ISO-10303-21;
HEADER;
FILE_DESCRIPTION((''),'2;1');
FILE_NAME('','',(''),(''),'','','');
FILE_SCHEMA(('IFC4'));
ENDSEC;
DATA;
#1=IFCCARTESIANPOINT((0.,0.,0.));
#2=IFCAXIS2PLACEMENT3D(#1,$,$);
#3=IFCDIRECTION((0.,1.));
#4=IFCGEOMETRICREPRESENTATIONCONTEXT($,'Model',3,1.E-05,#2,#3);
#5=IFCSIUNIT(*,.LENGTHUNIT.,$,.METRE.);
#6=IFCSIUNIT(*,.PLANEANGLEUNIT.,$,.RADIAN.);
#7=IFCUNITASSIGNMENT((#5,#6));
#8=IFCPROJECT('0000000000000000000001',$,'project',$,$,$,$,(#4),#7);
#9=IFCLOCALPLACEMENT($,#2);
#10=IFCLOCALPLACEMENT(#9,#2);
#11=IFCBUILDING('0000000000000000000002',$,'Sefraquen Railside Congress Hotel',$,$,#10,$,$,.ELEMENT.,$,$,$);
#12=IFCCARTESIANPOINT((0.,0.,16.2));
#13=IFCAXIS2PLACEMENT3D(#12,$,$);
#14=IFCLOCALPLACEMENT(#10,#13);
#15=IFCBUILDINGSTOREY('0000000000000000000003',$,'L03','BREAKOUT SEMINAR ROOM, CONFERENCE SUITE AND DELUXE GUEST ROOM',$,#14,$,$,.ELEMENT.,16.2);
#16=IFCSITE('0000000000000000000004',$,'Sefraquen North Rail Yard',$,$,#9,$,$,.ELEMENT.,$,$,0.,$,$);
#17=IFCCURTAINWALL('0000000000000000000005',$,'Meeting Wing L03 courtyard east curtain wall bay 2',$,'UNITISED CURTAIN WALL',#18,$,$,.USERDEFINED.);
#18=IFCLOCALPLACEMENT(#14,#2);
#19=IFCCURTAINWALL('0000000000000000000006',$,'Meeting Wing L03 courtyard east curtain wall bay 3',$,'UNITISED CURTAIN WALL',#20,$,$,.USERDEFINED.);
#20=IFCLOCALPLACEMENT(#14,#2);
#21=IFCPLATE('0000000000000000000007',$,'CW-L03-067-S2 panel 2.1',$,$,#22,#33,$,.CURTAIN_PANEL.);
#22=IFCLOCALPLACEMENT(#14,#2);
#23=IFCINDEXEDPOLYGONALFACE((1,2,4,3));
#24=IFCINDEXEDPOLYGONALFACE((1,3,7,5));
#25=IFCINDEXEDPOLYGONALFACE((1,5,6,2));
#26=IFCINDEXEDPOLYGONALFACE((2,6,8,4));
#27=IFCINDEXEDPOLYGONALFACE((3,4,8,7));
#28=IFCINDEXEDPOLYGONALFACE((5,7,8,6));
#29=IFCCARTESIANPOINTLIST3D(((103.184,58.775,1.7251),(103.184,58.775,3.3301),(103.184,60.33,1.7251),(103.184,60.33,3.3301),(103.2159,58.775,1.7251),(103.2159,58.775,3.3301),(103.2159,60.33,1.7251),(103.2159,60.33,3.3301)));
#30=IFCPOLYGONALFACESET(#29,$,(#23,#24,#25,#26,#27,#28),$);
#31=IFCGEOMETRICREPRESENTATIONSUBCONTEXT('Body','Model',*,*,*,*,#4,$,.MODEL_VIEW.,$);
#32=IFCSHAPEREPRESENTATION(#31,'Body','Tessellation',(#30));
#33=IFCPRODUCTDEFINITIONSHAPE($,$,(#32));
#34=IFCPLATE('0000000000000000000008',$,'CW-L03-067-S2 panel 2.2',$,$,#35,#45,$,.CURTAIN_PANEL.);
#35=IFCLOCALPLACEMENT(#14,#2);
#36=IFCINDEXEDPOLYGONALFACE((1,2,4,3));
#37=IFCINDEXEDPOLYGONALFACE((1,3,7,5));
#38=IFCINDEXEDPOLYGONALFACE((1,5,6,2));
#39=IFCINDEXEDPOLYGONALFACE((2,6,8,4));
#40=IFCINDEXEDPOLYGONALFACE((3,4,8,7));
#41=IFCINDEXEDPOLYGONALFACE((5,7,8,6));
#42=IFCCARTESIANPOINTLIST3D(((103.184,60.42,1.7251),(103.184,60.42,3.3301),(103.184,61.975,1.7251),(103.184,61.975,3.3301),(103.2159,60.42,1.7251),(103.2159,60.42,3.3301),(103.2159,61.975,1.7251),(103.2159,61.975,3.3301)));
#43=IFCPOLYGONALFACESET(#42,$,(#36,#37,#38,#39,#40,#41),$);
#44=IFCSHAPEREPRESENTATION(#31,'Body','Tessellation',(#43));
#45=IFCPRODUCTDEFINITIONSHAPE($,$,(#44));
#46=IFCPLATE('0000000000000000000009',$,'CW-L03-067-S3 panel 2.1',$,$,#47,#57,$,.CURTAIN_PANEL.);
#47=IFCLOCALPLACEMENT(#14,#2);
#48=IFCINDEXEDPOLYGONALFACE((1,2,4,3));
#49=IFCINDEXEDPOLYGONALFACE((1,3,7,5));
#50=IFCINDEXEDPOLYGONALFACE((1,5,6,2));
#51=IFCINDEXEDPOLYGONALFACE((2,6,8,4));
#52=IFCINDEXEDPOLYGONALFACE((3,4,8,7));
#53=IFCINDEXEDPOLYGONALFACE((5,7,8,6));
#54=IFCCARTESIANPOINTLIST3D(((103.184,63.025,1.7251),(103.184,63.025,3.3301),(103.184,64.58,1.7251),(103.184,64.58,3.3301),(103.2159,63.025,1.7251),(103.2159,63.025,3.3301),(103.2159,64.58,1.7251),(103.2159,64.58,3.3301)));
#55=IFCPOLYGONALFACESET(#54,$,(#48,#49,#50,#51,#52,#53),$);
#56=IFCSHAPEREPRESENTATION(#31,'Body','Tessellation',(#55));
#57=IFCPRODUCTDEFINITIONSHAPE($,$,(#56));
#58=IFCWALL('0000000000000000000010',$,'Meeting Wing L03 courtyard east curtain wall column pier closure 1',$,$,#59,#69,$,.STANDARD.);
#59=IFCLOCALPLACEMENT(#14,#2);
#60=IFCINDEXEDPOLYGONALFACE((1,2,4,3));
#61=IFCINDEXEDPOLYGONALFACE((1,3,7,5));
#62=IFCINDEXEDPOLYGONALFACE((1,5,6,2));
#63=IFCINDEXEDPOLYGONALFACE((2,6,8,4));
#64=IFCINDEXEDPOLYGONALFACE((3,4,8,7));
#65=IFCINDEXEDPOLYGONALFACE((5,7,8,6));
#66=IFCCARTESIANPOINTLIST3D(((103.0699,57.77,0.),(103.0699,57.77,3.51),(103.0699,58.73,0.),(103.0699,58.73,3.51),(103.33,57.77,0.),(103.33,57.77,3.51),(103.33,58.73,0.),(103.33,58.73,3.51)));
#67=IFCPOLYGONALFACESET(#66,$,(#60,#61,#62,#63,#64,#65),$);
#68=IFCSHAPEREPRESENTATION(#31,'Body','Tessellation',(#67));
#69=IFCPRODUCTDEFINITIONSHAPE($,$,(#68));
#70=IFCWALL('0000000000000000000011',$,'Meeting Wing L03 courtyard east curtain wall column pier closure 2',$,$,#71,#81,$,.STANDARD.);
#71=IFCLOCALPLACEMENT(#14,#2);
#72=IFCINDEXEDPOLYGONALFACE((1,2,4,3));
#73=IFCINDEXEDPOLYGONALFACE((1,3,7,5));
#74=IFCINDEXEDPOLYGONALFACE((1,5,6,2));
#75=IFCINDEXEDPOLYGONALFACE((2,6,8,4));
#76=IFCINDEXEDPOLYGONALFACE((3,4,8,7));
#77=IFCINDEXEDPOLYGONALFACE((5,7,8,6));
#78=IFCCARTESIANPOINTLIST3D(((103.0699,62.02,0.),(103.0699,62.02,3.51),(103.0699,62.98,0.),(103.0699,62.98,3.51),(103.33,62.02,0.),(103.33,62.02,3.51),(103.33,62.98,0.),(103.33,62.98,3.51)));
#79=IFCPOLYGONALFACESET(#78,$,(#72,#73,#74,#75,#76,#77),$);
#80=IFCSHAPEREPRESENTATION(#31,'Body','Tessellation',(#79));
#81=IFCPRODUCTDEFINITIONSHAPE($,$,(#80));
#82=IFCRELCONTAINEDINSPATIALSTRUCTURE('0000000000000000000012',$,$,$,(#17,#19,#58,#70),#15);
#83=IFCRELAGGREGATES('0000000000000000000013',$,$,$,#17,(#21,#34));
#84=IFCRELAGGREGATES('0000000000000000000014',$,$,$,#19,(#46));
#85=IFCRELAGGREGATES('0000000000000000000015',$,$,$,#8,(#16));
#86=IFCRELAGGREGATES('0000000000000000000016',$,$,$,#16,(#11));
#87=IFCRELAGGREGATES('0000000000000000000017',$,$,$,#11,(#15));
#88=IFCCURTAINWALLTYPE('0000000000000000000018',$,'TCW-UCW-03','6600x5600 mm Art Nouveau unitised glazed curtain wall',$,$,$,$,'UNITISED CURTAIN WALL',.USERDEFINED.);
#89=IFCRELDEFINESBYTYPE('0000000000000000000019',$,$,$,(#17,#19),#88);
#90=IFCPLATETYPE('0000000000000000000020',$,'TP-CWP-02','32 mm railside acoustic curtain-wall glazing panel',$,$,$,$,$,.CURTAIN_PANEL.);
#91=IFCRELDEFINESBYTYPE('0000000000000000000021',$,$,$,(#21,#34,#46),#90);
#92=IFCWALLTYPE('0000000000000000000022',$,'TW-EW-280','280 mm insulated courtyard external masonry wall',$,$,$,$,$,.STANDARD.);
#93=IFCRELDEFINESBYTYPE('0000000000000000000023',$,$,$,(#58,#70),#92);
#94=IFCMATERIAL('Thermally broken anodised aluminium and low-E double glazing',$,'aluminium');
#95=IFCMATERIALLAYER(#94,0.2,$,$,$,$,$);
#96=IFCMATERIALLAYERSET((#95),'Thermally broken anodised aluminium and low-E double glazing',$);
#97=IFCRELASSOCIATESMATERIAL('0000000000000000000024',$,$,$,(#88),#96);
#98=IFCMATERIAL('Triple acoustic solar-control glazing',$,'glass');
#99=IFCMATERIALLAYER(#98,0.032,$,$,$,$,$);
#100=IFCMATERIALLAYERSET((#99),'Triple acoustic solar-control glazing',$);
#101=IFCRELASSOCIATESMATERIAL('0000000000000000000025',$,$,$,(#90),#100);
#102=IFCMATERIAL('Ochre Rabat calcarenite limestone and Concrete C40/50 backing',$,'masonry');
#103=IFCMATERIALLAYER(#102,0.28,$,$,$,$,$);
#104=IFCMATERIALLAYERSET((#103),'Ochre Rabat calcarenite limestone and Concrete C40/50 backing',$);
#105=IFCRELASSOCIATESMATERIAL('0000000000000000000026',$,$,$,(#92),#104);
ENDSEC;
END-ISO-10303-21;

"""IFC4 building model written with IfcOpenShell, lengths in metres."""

from ifc_helpers import new_model, si_unit, direction, frame, frame_2d, origin, origin_2d, place, context, subcontext, project, spatial, rectangle, extrude, material, layer, layer_set, type_object, element, aggregate, save


model = new_model("IFC4")

# Units and contexts
model_context = context("Model", 3, precision=1e-05, world=origin(), true_north=direction((0.0, 1.0)))
body_context = subcontext(model_context, "Body", "Model", "MODEL_VIEW")
ifc_project = project(units=[si_unit("LENGTHUNIT", "METRE"), si_unit("PLANEANGLEUNIT", "RADIAN")], contexts=[model_context])

# Site, building, storey
site_placement = place(None, origin())
site = spatial("IfcSite", under=ifc_project, at=site_placement, Name="Sefraquen North Rail Yard", CompositionType="ELEMENT", RefElevation=0.0)
building_placement = place(site_placement, origin())
building = spatial("IfcBuilding", under=site, at=building_placement, Name="Sefraquen Railside Congress Hotel", CompositionType="ELEMENT")
storey_placement = place(building_placement, frame((0.0, 0.0, 16.2)))
storey = spatial("IfcBuildingStorey", under=building, at=storey_placement, Name="L03", Description="BREAKOUT SEMINAR ROOM, CONFERENCE SUITE AND DELUXE GUEST ROOM", CompositionType="ELEMENT", Elevation=16.2)

# Curtain walls
ifc_material_1 = material(Name="Thermally broken anodised aluminium and low-E double glazing", Category="aluminium")
ifc_layer_1 = layer(ifc_material_1, 0.2)
ifc_layer_set_1 = layer_set([ifc_layer_1], Name="Thermally broken anodised aluminium and low-E double glazing")
curtain_wall_type = type_object("IfcCurtainWallType", Name="TCW-UCW-03", Description="6600x5600 mm Art Nouveau unitised glazed curtain wall", ElementType="UNITISED CURTAIN WALL", PredefinedType="USERDEFINED", material=ifc_layer_set_1)
curtain_wall_1_placement = place(storey_placement, origin())
curtain_wall_1 = element("IfcCurtainWall", 1, at=curtain_wall_1_placement, inside=storey, type_object=curtain_wall_type, Name="Meeting Wing L03 courtyard east curtain wall bay 2", ObjectType="UNITISED CURTAIN WALL", PredefinedType="USERDEFINED")
curtain_wall_2_placement = place(storey_placement, origin())
curtain_wall_2 = element("IfcCurtainWall", 2, at=curtain_wall_2_placement, inside=storey, type_object=curtain_wall_type, Name="Meeting Wing L03 courtyard east curtain wall bay 3", ObjectType="UNITISED CURTAIN WALL", PredefinedType="USERDEFINED")

# Plates
ifc_material_2 = material(Name="Triple acoustic solar-control glazing", Category="glass")
ifc_layer_2 = layer(ifc_material_2, 0.032)
ifc_layer_set_2 = layer_set([ifc_layer_2], Name="Triple acoustic solar-control glazing")
plate_type_1 = type_object("IfcPlateType", Name="TP-CWP-02", Description="32 mm railside acoustic curtain-wall glazing panel", PredefinedType="CURTAIN_PANEL", material=ifc_layer_set_2)
plate_1_placement = place(storey_placement, frame((103.2, 59.5525, 1.7251), z_axis=(0.0, 0.0, 1.0), x_axis=(0.0, 1.0, 0.0)))
plate_1 = element("IfcPlate", 3, at=plate_1_placement, type_object=plate_type_1, Name="CW-L03-067-S2 panel 2.1", PredefinedType="CURTAIN_PANEL", context=body_context, shape_type="SweptSolid", body=[
    extrude(rectangle(XDim=1.5549, YDim=0.032, at=origin_2d()), origin(), (0.0, 0.0, 1.0), 1.605),
])
plate_2_placement = place(storey_placement, frame((103.2, 61.1975, 1.7251), z_axis=(0.0, 0.0, 1.0), x_axis=(0.0, 1.0, 0.0)))
plate_2 = element("IfcPlate", 4, at=plate_2_placement, type_object=plate_type_1, Name="CW-L03-067-S2 panel 2.2", PredefinedType="CURTAIN_PANEL", context=body_context, shape_type="SweptSolid", body=[
    extrude(rectangle(XDim=1.5549, YDim=0.032, at=origin_2d()), origin(), (0.0, 0.0, 1.0), 1.605),
])
aggregate(curtain_wall_1, [plate_1, plate_2])
plate_3_placement = place(storey_placement, frame((103.2, 63.8025, 1.7251), z_axis=(0.0, 0.0, 1.0), x_axis=(0.0, 1.0, 0.0)))
plate_3 = element("IfcPlate", 5, at=plate_3_placement, type_object=plate_type_1, Name="CW-L03-067-S3 panel 2.1", PredefinedType="CURTAIN_PANEL", context=body_context, shape_type="SweptSolid", body=[
    extrude(rectangle(XDim=1.5549, YDim=0.032, at=origin_2d()), origin(), (0.0, 0.0, 1.0), 1.605),
])
aggregate(curtain_wall_2, [plate_3])

# Walls
ifc_material_3 = material(Name="Ochre Rabat calcarenite limestone and Concrete C40/50 backing", Category="masonry")
ifc_layer_3 = layer(ifc_material_3, 0.28)
ifc_layer_set_3 = layer_set([ifc_layer_3], Name="Ochre Rabat calcarenite limestone and Concrete C40/50 backing")
wall_type = type_object("IfcWallType", Name="TW-EW-280", Description="280 mm insulated courtyard external masonry wall", PredefinedType="STANDARD", material=ifc_layer_set_3)
for number, where, z_axis, x_axis, name in (
    (6, (103.2, 57.77, 0.0), (0.0, 0.0, 1.0), (0.0, 1.0, 0.0), "Meeting Wing L03 courtyard east curtain wall column pier closure 1"),
    (7, (103.2, 62.02, 0.0), (0.0, 0.0, 1.0), (0.0, 1.0, 0.0), "Meeting Wing L03 courtyard east curtain wall column pier closure 2"),
):
    element("IfcWall", number, at=place(storey_placement, frame(where, z_axis=z_axis, x_axis=x_axis)), inside=storey, type_object=wall_type, Name=name, PredefinedType="STANDARD", context=body_context, shape_type="SweptSolid", body=[
        extrude(rectangle(XDim=0.96, YDim=0.26, at=frame_2d((0.48, 0.0))), origin(), (0.0, 0.0, 1.0), 3.51),
    ])

save(model, "model.ifc")
